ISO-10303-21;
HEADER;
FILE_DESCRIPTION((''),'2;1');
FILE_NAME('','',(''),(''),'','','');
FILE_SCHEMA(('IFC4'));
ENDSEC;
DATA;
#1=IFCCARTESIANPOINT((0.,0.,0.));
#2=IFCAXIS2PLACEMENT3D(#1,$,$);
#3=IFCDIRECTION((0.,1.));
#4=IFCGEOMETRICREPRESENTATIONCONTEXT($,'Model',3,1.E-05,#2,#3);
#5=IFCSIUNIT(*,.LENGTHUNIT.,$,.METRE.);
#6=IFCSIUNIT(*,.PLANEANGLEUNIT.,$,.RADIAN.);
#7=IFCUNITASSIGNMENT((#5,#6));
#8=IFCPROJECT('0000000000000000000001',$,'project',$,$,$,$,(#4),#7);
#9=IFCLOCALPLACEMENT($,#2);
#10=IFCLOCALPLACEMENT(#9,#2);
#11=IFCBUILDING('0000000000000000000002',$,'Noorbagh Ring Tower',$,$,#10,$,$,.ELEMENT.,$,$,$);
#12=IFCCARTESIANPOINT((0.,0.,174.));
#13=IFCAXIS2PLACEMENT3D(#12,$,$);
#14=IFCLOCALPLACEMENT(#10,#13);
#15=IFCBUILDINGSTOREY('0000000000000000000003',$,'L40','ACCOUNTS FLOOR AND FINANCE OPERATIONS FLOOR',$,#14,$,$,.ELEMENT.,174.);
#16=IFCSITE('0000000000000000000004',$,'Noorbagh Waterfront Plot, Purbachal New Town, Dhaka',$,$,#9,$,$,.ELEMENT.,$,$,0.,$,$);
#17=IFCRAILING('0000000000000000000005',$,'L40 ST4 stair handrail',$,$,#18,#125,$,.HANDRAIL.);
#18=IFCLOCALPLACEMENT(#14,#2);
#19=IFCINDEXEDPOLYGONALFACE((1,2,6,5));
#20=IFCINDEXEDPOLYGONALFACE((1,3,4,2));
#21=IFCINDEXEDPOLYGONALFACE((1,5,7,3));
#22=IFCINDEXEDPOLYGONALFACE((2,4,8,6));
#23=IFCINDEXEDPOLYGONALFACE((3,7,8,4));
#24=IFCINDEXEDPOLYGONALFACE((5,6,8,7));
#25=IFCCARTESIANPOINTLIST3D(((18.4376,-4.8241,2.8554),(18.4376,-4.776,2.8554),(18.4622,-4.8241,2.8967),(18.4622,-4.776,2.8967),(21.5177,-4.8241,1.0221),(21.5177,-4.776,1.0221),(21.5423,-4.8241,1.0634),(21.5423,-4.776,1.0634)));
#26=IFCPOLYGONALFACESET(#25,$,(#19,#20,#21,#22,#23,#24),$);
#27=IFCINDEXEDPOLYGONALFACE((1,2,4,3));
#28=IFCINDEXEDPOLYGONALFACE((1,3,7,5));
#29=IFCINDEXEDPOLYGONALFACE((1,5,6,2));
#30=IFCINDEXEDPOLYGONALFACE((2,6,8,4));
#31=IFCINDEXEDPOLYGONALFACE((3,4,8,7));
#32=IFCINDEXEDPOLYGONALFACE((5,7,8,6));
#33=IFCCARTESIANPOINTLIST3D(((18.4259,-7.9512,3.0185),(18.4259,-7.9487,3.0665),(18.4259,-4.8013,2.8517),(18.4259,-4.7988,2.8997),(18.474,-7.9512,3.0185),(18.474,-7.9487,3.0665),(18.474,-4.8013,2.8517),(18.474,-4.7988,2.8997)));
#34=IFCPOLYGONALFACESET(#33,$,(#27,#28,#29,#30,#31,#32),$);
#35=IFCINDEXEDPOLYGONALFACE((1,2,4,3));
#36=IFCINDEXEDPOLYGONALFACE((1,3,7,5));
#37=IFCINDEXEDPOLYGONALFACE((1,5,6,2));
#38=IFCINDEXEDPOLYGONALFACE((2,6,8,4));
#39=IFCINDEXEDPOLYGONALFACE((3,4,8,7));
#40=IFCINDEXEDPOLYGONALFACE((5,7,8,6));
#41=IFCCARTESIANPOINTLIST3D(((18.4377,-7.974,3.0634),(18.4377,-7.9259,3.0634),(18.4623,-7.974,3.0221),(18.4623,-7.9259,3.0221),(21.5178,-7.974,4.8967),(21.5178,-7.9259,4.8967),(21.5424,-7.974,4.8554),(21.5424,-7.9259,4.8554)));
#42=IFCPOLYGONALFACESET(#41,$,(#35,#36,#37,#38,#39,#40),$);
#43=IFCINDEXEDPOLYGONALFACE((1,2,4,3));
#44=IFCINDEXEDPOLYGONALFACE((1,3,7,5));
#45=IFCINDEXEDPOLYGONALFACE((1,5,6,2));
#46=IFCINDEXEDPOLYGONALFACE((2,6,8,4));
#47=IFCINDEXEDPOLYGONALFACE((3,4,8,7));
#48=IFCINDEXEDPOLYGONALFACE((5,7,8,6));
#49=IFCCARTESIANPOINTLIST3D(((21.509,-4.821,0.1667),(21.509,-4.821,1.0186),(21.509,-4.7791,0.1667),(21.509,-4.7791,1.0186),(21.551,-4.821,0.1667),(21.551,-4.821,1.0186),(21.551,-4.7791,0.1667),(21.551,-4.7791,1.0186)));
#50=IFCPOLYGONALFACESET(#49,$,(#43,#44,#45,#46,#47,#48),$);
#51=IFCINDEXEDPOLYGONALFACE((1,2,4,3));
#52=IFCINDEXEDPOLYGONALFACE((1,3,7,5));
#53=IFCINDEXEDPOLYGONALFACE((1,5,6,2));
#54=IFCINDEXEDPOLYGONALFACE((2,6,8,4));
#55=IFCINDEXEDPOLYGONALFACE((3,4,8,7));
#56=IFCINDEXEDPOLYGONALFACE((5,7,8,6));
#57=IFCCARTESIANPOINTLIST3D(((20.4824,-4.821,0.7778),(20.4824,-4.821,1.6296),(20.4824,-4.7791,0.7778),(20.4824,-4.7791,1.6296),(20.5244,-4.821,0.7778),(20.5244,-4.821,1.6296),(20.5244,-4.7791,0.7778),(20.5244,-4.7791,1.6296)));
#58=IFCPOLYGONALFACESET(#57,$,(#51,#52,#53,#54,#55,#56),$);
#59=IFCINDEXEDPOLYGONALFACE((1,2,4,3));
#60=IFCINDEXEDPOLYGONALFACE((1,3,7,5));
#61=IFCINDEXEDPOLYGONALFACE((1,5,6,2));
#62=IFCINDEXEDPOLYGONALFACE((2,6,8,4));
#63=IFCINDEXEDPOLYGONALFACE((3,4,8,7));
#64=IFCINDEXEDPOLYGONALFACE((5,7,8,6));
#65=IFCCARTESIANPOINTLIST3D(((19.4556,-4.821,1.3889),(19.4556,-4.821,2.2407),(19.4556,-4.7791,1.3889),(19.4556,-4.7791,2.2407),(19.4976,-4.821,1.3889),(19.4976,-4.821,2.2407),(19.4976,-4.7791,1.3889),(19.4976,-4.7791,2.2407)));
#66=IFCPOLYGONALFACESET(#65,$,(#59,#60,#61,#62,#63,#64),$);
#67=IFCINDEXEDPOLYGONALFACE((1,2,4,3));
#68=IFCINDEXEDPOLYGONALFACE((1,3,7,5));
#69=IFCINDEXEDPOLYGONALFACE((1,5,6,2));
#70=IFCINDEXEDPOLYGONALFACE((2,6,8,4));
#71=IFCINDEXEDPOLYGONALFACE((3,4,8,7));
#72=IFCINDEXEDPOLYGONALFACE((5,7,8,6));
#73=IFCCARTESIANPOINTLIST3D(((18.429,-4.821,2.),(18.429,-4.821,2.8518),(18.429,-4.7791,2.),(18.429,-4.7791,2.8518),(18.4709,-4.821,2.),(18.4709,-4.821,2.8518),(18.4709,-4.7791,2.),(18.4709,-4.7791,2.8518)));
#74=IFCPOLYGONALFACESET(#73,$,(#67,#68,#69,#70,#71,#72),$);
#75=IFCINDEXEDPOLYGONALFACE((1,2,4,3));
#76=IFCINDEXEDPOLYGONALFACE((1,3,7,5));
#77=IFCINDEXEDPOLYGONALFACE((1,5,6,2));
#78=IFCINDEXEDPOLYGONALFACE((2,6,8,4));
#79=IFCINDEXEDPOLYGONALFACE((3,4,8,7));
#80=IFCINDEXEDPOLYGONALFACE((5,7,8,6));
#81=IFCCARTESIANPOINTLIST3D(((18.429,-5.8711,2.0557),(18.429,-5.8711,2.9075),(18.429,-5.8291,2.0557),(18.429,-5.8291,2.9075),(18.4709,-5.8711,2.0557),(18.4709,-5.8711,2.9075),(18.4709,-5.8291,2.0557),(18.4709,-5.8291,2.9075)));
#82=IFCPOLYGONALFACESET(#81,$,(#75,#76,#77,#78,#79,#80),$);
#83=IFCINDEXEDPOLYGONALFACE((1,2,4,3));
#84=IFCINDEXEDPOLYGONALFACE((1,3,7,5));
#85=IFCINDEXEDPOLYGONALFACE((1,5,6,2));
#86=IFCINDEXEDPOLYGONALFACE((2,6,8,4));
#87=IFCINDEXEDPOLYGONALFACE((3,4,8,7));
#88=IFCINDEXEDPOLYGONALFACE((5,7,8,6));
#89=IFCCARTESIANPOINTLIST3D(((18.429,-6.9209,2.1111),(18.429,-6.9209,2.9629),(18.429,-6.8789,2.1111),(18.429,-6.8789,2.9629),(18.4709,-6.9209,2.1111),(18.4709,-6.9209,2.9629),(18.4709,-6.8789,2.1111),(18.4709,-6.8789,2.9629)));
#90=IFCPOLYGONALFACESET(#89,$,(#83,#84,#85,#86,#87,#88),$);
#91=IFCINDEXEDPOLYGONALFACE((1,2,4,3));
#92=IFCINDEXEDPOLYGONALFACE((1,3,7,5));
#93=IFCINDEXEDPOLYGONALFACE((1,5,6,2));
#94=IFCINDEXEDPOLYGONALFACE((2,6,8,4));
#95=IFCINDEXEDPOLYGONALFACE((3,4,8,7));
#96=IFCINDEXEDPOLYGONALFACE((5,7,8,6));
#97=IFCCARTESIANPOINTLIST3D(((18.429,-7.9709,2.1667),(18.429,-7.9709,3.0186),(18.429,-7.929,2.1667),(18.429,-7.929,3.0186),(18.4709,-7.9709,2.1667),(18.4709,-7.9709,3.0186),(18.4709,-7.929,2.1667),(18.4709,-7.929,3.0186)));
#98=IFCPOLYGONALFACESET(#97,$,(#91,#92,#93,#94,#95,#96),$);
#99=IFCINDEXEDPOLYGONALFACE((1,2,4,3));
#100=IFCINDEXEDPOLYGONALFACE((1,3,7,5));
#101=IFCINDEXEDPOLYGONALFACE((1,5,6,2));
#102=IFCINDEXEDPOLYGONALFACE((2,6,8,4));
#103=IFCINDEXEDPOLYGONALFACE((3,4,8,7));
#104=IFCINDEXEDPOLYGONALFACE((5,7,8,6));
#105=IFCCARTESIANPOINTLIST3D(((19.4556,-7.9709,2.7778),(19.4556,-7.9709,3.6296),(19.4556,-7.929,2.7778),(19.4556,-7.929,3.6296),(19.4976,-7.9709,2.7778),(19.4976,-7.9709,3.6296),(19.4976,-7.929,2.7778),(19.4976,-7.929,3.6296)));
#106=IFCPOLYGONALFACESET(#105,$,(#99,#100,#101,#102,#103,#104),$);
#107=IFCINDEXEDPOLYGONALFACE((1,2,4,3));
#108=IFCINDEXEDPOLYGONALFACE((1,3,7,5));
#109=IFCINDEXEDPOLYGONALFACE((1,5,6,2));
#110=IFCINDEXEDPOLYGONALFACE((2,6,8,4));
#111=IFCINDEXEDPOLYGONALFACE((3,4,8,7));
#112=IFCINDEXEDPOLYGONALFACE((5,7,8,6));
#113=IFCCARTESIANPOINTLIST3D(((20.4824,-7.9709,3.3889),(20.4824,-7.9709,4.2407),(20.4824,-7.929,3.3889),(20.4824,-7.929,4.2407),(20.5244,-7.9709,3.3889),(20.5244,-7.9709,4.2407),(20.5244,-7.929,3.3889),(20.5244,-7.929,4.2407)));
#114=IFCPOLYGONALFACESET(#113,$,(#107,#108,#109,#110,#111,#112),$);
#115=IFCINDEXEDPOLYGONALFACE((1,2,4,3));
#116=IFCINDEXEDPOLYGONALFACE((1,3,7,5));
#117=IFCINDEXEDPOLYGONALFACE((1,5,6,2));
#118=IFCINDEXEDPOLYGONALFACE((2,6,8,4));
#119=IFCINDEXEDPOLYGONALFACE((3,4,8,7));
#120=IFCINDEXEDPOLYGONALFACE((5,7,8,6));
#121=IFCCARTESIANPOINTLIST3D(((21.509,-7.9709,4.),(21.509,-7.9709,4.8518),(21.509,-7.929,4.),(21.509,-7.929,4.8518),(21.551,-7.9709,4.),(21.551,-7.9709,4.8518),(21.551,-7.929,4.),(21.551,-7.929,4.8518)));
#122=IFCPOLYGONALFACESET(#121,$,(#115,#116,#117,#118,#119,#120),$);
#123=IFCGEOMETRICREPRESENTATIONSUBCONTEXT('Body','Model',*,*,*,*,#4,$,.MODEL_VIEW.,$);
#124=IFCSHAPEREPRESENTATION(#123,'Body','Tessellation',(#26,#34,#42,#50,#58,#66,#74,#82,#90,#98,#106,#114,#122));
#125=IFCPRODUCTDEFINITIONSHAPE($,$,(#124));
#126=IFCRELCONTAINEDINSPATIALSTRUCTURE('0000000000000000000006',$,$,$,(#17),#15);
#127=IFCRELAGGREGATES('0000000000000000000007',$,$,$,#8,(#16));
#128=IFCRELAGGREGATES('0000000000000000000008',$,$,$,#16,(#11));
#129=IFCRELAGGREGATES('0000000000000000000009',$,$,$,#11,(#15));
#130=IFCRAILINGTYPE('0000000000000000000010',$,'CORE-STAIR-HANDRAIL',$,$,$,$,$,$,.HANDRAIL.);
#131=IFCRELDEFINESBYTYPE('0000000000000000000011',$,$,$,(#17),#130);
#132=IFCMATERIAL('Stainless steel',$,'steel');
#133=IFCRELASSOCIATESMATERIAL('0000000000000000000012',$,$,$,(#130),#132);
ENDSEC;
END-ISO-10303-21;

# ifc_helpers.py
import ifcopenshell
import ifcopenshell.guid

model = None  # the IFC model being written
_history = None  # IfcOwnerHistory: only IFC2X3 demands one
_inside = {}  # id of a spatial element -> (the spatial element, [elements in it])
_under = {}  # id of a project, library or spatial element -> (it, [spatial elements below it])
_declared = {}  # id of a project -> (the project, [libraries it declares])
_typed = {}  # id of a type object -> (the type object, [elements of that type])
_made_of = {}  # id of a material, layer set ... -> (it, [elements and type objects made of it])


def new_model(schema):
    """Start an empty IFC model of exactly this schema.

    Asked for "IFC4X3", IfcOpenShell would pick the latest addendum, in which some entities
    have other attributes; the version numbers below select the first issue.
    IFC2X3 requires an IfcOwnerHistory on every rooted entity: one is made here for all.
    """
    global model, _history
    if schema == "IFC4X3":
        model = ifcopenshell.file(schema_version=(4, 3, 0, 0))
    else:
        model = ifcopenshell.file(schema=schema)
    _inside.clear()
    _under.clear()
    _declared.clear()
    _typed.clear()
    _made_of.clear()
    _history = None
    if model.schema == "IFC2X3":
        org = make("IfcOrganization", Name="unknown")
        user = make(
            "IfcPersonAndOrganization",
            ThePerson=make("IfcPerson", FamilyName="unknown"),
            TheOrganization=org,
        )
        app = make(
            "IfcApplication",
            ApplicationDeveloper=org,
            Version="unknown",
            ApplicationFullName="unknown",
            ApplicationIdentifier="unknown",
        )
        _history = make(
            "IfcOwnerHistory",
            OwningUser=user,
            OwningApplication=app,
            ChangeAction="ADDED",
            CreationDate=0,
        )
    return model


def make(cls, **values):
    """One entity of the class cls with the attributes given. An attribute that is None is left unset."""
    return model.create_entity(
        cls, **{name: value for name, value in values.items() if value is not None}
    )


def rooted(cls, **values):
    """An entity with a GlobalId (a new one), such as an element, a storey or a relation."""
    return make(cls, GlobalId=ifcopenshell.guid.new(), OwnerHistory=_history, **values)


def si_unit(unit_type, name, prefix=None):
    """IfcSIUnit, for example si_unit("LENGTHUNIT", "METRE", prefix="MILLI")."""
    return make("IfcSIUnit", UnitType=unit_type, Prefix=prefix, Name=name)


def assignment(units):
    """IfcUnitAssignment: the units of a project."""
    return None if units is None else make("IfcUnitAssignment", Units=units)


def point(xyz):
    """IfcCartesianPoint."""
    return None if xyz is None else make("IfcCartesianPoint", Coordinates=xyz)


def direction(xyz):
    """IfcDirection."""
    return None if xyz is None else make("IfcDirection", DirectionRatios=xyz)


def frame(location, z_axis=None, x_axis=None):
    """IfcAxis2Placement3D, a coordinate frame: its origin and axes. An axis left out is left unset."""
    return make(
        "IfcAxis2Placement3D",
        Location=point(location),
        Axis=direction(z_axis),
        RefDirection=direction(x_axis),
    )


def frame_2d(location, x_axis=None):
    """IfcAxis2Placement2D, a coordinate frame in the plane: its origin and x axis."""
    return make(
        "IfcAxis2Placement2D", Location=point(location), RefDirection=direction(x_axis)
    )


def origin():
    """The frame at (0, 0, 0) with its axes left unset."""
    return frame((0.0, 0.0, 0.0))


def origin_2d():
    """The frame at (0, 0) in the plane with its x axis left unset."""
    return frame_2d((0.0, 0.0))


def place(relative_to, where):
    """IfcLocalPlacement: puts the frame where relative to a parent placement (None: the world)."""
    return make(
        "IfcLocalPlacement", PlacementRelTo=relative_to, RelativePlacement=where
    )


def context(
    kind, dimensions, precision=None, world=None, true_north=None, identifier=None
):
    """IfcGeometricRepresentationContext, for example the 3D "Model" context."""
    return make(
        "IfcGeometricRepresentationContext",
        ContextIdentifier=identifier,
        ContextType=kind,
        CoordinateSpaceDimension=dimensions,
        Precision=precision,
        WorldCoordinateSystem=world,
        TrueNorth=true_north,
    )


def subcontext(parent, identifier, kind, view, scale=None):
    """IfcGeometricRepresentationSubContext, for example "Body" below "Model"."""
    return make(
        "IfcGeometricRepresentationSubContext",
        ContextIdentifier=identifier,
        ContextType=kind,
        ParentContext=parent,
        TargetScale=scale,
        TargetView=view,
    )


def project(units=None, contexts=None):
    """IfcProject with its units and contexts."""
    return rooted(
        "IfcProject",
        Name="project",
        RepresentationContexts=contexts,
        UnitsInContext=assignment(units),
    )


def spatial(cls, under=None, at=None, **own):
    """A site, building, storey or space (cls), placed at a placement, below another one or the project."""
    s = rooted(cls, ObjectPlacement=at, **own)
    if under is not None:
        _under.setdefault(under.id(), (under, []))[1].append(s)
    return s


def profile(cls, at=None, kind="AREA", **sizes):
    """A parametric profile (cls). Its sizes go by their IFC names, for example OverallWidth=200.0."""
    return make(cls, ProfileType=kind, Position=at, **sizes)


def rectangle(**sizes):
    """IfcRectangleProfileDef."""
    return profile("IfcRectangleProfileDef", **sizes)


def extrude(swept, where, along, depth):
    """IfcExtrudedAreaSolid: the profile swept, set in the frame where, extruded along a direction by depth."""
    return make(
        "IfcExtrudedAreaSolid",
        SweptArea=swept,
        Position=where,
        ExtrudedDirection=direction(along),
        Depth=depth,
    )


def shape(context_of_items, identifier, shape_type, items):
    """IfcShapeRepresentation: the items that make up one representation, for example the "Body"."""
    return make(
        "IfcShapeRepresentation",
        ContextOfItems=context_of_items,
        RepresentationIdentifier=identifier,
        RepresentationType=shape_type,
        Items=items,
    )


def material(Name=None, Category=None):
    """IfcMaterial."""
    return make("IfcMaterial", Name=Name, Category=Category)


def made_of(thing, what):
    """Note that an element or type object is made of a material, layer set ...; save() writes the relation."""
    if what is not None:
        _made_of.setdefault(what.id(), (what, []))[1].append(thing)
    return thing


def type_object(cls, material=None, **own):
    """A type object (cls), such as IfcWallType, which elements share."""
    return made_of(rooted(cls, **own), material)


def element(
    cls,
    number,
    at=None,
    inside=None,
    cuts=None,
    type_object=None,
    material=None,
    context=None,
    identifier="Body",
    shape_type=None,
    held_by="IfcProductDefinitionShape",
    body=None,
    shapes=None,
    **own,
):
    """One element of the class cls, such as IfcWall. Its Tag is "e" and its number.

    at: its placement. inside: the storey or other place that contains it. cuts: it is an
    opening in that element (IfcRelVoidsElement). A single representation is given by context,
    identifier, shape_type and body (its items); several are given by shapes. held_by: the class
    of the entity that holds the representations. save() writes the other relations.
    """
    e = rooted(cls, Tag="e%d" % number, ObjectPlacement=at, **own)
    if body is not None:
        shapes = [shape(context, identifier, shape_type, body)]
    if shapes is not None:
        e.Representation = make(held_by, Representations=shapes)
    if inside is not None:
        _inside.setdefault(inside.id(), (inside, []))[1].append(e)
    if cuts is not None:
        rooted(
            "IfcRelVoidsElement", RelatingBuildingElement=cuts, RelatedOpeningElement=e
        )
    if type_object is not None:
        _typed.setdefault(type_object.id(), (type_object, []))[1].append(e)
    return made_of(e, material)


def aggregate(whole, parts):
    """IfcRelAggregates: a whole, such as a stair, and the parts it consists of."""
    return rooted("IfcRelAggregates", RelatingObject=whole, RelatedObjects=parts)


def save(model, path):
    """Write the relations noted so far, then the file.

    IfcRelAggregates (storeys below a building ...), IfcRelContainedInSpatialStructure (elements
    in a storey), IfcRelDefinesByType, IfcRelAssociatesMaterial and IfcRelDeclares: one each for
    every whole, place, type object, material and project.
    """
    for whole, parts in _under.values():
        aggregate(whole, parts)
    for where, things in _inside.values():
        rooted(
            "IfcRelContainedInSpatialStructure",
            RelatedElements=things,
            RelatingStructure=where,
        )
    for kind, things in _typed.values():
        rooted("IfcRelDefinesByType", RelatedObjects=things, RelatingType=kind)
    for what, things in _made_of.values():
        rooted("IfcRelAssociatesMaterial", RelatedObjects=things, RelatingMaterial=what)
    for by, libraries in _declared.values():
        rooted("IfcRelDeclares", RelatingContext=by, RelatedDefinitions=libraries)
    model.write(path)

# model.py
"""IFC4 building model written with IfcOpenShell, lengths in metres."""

from ifc_helpers import new_model, si_unit, direction, frame, origin, origin_2d, place, context, subcontext, project, spatial, rectangle, extrude, material, type_object, element, save


model = new_model("IFC4")

# Units and contexts
model_context = context("Model", 3, precision=1e-05, world=origin(), true_north=direction((0.0, 1.0)))
body_context = subcontext(model_context, "Body", "Model", "MODEL_VIEW")
ifc_project = project(units=[si_unit("LENGTHUNIT", "METRE"), si_unit("PLANEANGLEUNIT", "RADIAN")], contexts=[model_context])

# Site, building, storey
site_placement = place(None, origin())
site = spatial("IfcSite", under=ifc_project, at=site_placement, Name="Noorbagh Waterfront Plot, Purbachal New Town, Dhaka", CompositionType="ELEMENT", RefElevation=0.0)
building_placement = place(site_placement, origin())
building = spatial("IfcBuilding", under=site, at=building_placement, Name="Noorbagh Ring Tower", CompositionType="ELEMENT")
storey_placement = place(building_placement, frame((0.0, 0.0, 174.0)))
storey = spatial("IfcBuildingStorey", under=building, at=storey_placement, Name="L40", Description="ACCOUNTS FLOOR AND FINANCE OPERATIONS FLOOR", CompositionType="ELEMENT", Elevation=174.0)

# Railing
ifc_material_1 = material(Name="Stainless steel", Category="steel")
railing_type_1 = type_object("IfcRailingType", Name="CORE-STAIR-HANDRAIL", PredefinedType="HANDRAIL", material=ifc_material_1)
railing_1_placement = place(storey_placement, frame((21.53, -4.8, 0.1667)))
element("IfcRailing", 1, at=railing_1_placement, inside=storey, type_object=railing_type_1, Name="L40 ST4 stair handrail", PredefinedType="HANDRAIL", context=body_context, shape_type="SweptSolid", body=[
    extrude(rectangle(XDim=0.0481, YDim=0.0481, at=origin_2d()), frame((0.0, 0.0, 0.876), z_axis=(-0.859309, 0.0, 0.511458), x_axis=(0.0, -1.0, 0.0)), (0.0, 0.0, 1.0), 3.5845),
    extrude(rectangle(XDim=0.0481, YDim=0.0481, at=origin_2d()), frame((-3.0801, 0.0, 2.709), z_axis=(0.0, -0.998602, 0.052864), x_axis=(1.0, 0.0, 0.0)), (0.0, 0.0, 1.0), 3.1543),
    extrude(rectangle(XDim=0.0481, YDim=0.0481, at=origin_2d()), frame((-3.0801, -3.1499, 2.876), z_axis=(0.859309, 0.0, 0.511458), x_axis=(0.0, 1.0, 0.0)), (0.0, 0.0, 1.0), 3.5845),
    extrude(rectangle(XDim=0.042, YDim=0.042, at=origin_2d()), origin(), (0.0, 0.0, 1.0), 0.8518),
    extrude(rectangle(XDim=0.042, YDim=0.042, at=origin_2d()), frame((-1.0266, 0.0, 0.6111)), (0.0, 0.0, 1.0), 0.8518),
    extrude(rectangle(XDim=0.042, YDim=0.042, at=origin_2d()), frame((-2.0535, 0.0, 1.2222)), (0.0, 0.0, 1.0), 0.8518),
    extrude(rectangle(XDim=0.042, YDim=0.042, at=origin_2d()), frame((-3.0801, 0.0, 1.8333)), (0.0, 0.0, 1.0), 0.8518),
    extrude(rectangle(XDim=0.042, YDim=0.042, at=origin_2d()), frame((-3.0801, -1.05, 1.8889)), (0.0, 0.0, 1.0), 0.8518),
    extrude(rectangle(XDim=0.042, YDim=0.042, at=origin_2d()), frame((-3.0801, -2.0999, 1.9443)), (0.0, 0.0, 1.0), 0.8518),
    extrude(rectangle(XDim=0.042, YDim=0.042, at=origin_2d()), frame((-3.0801, -3.1499, 2.0)), (0.0, 0.0, 1.0), 0.8518),
    extrude(rectangle(XDim=0.042, YDim=0.042, at=origin_2d()), frame((-2.0535, -3.1499, 2.6111)), (0.0, 0.0, 1.0), 0.8518),
    extrude(rectangle(XDim=0.042, YDim=0.042, at=origin_2d()), frame((-1.0266, -3.1499, 3.2222)), (0.0, 0.0, 1.0), 0.8518),
    extrude(rectangle(XDim=0.042, YDim=0.042, at=origin_2d()), frame((0.0, -3.1499, 3.8333)), (0.0, 0.0, 1.0), 0.8518),
])

save(model, "model.ifc")
